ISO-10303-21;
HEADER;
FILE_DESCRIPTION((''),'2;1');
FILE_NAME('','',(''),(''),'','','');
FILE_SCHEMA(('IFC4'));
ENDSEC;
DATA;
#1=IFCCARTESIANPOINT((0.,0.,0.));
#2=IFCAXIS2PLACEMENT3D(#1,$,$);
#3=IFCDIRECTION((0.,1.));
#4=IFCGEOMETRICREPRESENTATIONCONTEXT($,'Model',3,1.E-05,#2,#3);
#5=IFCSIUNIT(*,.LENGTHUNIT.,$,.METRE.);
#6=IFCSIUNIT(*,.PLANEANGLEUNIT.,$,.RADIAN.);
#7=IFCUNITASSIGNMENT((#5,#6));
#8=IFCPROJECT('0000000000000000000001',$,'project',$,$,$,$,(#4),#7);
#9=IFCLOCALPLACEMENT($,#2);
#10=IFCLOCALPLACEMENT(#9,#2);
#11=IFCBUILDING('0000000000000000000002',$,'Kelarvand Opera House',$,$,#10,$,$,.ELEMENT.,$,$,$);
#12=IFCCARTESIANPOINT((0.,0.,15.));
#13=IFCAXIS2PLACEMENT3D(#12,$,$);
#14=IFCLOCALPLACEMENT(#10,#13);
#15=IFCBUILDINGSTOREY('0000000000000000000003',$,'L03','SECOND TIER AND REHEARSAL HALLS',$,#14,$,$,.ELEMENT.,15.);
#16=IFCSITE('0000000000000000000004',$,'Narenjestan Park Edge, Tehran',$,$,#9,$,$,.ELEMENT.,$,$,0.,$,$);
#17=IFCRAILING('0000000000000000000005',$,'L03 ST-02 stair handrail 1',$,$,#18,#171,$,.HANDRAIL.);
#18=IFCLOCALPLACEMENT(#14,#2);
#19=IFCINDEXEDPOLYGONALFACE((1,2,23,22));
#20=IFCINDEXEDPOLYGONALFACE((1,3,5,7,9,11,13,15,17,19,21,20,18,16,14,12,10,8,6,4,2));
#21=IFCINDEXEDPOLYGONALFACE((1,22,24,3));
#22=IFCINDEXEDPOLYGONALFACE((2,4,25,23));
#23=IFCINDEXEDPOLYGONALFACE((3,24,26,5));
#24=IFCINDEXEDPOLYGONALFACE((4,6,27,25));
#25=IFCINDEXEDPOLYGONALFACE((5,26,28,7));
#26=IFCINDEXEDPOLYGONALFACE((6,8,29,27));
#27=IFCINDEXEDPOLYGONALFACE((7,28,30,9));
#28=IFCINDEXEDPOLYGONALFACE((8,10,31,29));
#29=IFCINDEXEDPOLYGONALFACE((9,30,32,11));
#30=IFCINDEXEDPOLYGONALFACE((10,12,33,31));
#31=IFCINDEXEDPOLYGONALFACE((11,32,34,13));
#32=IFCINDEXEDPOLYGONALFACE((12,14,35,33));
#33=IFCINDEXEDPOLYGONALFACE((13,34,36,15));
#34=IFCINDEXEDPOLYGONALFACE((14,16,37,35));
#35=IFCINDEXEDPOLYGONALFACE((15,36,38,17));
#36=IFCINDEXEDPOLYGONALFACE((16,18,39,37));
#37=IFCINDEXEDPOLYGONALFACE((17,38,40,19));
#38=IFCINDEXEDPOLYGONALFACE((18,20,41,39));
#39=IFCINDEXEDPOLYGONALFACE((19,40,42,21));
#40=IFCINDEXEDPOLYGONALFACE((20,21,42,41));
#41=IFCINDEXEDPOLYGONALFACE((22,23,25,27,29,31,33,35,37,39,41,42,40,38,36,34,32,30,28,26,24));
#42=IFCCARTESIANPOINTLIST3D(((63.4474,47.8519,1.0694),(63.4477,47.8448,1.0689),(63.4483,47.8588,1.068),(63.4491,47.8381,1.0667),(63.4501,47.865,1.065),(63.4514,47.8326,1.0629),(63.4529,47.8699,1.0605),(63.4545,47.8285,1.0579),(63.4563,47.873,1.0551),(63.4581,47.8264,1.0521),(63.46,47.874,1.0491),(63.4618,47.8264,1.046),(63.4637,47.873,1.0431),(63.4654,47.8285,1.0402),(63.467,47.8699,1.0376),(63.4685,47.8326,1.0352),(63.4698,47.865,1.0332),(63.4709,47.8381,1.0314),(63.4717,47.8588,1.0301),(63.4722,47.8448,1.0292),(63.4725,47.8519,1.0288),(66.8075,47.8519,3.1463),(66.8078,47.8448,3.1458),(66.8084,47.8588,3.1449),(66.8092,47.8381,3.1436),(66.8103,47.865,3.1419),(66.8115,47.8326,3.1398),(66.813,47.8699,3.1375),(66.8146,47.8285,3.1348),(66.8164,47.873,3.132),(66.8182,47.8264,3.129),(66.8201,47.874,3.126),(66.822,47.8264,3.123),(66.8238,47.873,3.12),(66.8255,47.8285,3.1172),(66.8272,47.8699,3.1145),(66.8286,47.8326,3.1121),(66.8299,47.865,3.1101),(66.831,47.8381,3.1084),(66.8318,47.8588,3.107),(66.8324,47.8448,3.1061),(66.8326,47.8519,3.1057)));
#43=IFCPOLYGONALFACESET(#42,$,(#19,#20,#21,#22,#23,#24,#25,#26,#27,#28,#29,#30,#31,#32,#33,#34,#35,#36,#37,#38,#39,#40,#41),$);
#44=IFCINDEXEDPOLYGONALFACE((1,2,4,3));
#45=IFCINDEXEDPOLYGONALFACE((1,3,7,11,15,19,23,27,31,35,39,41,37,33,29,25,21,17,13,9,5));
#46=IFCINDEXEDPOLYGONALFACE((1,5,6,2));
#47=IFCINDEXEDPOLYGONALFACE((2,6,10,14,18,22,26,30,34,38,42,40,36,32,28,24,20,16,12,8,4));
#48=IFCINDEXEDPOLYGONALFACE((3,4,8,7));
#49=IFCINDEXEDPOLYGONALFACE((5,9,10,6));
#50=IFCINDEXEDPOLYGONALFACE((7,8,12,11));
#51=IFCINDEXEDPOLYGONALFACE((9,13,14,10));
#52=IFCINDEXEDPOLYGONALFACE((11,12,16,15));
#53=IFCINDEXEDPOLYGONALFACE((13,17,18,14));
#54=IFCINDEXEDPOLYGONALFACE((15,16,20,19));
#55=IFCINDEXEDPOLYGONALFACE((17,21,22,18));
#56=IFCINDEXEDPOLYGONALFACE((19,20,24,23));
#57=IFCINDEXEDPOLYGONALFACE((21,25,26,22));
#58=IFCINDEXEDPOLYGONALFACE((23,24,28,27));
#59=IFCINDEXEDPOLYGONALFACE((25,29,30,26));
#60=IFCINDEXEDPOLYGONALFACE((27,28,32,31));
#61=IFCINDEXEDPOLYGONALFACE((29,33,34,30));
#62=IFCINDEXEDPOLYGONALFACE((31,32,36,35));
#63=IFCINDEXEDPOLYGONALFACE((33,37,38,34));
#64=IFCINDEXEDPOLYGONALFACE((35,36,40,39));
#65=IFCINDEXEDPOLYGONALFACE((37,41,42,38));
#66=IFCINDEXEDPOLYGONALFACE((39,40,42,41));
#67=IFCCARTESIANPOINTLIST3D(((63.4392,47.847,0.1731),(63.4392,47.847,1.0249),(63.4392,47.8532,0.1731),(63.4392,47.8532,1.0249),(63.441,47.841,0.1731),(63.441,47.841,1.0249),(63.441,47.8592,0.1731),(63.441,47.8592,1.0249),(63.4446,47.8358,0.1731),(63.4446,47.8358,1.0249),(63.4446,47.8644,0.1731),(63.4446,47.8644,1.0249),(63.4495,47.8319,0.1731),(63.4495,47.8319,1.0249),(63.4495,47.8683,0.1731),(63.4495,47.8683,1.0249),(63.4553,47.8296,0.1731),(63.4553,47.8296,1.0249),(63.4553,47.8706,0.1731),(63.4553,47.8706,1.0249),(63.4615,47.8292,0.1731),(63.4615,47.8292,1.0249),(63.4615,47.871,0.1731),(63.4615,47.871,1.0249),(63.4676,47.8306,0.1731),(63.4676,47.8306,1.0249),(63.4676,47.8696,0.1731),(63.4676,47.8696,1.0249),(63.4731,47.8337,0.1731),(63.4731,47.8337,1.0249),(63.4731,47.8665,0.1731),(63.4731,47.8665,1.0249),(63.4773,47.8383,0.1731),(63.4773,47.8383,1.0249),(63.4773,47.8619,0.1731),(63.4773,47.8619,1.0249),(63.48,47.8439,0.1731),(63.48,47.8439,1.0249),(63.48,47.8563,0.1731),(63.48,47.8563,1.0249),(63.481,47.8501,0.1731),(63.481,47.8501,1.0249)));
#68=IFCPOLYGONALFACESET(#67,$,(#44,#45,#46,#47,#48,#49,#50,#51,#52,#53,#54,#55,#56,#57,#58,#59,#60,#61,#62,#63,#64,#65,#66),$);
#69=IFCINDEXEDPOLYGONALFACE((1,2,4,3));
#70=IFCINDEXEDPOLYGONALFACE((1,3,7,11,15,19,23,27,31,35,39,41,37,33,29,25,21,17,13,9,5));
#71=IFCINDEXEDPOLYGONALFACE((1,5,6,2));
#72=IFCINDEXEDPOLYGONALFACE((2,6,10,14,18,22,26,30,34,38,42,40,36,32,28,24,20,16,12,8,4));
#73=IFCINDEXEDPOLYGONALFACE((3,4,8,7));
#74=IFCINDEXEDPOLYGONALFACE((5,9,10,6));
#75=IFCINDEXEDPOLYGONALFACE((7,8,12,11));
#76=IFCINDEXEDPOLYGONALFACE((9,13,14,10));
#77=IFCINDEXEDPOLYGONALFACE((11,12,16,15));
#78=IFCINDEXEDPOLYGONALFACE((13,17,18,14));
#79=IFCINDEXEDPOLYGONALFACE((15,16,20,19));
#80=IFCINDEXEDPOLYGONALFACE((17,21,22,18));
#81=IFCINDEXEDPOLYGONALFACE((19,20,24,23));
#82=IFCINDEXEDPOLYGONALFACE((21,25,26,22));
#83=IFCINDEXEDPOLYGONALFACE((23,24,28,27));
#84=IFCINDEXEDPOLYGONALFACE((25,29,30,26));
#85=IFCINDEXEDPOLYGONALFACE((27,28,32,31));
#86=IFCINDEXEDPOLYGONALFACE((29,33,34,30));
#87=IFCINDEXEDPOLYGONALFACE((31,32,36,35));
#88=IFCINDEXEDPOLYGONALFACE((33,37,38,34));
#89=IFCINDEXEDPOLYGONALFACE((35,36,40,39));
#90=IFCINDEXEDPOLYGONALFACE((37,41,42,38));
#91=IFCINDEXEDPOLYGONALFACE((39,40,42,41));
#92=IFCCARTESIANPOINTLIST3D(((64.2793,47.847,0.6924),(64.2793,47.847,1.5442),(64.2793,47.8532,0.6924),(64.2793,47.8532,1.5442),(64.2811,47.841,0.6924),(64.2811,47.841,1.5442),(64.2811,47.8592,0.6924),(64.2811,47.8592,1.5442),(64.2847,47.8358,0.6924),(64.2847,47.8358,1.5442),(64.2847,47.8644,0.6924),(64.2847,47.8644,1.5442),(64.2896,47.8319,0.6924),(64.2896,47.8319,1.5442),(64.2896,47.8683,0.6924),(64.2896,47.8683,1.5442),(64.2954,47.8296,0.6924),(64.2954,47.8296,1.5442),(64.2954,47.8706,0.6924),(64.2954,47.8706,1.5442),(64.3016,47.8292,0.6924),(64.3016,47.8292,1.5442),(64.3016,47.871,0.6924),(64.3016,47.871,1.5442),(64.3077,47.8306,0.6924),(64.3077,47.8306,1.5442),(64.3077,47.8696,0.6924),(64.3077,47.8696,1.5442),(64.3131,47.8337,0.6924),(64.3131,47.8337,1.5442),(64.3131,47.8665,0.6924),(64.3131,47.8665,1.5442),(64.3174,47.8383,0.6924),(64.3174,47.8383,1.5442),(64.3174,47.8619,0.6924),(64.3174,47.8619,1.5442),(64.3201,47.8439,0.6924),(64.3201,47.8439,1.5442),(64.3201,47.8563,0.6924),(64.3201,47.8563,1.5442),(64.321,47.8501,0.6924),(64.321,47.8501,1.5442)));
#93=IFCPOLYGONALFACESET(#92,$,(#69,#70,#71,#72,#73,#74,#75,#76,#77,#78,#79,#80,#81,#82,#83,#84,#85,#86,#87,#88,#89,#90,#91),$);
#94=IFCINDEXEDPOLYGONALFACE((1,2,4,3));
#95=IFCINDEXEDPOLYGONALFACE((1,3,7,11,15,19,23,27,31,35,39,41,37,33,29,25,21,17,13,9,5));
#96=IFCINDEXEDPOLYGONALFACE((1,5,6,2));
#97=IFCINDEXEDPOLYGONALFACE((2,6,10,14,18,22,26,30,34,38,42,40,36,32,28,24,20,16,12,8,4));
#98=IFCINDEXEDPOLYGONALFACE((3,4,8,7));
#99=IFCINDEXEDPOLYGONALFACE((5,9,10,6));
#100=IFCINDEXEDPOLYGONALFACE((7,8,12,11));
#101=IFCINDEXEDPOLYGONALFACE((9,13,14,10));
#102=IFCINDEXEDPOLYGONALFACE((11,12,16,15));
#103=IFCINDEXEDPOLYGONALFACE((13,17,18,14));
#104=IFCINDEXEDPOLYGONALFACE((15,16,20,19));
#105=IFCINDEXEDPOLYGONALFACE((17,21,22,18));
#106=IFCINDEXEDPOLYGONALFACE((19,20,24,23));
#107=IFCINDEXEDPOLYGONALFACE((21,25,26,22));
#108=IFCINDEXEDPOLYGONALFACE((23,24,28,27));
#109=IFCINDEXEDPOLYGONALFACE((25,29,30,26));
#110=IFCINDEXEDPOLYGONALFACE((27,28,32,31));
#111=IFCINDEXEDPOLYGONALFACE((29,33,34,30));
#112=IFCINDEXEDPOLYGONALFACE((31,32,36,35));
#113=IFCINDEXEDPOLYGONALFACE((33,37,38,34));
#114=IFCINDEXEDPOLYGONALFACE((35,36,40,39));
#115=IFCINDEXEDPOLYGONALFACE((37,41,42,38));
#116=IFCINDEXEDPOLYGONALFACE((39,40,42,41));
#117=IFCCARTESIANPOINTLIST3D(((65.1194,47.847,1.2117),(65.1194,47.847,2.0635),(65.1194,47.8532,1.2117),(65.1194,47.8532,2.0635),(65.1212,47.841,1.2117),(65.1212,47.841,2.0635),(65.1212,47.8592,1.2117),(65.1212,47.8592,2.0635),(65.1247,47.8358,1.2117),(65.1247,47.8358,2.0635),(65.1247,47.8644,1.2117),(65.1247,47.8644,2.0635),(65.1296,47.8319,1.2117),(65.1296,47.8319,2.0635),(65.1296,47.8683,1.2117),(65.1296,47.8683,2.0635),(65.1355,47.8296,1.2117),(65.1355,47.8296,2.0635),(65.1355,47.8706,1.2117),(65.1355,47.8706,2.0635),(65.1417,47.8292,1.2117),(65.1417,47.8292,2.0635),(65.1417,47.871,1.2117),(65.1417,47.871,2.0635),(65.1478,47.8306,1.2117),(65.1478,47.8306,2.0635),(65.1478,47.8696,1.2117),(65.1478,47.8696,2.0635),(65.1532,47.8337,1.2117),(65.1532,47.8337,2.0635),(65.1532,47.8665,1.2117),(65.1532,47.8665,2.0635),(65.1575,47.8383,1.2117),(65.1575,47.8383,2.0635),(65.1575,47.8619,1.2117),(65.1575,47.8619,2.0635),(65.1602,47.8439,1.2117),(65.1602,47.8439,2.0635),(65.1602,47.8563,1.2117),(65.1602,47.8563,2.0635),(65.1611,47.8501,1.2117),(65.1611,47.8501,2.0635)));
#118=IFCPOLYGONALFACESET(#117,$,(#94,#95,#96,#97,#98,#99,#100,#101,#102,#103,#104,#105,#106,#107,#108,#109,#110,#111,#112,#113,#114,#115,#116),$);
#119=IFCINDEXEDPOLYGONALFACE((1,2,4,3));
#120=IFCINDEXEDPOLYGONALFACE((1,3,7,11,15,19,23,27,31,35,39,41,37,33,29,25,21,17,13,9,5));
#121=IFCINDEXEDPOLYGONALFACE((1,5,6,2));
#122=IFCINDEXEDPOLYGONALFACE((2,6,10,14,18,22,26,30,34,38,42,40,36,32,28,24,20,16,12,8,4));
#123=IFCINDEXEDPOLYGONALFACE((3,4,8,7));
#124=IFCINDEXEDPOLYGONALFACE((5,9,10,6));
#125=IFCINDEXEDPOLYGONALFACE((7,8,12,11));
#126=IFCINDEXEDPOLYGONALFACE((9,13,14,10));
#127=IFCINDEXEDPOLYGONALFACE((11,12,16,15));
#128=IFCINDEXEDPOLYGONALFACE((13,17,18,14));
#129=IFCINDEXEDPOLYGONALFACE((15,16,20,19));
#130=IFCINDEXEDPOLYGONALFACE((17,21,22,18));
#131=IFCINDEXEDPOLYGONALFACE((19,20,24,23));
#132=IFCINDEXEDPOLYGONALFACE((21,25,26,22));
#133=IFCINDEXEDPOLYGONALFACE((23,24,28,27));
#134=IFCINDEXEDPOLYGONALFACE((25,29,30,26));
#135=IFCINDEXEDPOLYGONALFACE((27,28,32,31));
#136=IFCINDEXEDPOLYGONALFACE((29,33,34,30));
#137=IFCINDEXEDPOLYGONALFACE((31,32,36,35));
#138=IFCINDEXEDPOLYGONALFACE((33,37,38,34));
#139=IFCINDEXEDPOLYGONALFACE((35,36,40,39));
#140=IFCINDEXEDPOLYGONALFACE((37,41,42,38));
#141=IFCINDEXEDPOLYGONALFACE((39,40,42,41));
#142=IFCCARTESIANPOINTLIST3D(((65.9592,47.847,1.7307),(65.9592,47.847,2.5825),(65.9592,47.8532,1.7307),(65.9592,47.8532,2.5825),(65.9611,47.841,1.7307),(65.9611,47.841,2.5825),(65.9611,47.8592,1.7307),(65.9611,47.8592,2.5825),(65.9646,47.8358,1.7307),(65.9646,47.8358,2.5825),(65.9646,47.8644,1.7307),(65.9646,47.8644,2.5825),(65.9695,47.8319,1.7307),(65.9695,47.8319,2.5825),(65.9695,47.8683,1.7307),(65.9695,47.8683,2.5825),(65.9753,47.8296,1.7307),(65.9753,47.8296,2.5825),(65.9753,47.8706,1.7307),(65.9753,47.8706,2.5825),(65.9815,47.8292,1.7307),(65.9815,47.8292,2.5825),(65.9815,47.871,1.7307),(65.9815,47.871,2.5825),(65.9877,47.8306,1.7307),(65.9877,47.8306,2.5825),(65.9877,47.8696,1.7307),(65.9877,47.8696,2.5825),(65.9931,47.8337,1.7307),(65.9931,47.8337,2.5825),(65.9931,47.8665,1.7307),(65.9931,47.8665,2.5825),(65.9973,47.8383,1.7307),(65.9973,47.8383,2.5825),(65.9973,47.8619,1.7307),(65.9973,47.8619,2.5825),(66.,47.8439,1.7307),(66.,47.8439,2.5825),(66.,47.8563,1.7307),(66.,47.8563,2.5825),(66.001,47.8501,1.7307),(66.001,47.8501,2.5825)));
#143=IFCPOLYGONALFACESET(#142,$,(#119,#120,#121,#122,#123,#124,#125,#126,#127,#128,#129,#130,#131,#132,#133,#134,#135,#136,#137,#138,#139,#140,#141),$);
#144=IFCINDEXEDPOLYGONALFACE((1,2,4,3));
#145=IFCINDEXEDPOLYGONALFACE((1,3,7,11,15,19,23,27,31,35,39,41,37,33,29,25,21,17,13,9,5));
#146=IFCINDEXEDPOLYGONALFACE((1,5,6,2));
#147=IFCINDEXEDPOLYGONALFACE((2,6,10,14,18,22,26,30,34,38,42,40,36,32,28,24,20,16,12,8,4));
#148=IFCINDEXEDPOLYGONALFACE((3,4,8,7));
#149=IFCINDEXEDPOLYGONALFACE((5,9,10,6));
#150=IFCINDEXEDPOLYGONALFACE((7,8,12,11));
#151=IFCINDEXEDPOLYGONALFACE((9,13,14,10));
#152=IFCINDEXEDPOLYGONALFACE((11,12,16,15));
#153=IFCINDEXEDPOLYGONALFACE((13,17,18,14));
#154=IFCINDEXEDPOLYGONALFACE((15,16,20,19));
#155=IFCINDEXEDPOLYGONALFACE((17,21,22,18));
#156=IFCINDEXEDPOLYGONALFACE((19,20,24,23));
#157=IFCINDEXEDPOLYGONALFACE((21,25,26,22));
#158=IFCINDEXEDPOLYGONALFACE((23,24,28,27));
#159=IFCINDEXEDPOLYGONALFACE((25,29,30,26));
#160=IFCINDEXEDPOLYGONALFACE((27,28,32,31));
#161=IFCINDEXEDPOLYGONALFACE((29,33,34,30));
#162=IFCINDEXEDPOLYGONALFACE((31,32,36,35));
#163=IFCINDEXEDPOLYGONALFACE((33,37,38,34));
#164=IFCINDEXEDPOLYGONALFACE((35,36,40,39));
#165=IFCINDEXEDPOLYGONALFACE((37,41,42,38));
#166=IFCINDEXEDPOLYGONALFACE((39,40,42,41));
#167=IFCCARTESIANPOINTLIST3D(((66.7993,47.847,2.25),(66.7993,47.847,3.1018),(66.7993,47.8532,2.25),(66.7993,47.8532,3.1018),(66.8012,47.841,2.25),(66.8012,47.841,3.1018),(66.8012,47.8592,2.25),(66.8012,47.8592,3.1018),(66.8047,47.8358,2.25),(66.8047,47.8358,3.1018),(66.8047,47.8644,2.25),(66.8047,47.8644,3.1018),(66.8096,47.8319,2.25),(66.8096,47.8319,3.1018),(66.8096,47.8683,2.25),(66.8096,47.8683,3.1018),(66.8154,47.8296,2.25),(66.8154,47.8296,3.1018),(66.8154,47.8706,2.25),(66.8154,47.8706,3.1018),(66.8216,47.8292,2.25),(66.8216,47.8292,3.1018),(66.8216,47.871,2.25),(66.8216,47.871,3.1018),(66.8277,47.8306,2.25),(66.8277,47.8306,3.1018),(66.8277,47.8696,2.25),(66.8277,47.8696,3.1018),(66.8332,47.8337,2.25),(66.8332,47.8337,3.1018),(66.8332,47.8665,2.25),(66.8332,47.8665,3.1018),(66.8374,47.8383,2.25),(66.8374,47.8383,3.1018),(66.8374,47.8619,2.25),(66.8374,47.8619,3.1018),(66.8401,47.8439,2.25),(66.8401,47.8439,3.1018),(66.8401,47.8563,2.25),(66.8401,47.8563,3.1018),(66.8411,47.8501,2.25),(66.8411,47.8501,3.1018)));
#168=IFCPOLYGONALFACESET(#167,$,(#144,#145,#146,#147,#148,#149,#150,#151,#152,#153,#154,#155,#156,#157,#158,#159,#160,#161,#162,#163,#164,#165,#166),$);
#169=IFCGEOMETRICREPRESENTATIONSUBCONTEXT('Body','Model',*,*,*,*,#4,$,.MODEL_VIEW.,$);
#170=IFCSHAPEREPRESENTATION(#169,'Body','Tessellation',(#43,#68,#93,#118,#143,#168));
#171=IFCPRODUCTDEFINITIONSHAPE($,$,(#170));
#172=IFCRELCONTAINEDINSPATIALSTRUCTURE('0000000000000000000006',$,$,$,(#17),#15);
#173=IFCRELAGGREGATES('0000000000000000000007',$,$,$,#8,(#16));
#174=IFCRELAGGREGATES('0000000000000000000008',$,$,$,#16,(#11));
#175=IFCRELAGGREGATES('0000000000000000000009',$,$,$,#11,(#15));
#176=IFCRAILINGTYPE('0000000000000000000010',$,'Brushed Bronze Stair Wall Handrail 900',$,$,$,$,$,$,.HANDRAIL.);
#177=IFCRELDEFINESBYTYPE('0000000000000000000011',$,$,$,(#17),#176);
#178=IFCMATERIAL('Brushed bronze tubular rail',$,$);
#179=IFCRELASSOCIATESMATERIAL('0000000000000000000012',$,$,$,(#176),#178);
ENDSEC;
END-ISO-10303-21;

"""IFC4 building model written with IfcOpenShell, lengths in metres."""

from ifc_helpers import new_model, si_unit, direction, frame, origin, origin_2d, place, context, subcontext, project, spatial, circle, extrude, material, type_object, element, save


model = new_model("IFC4")

# Units and contexts
model_context = context("Model", 3, precision=1e-05, world=origin(), true_north=direction((0.0, 1.0)))
body_context = subcontext(model_context, "Body", "Model", "MODEL_VIEW")
ifc_project = project(units=[si_unit("LENGTHUNIT", "METRE"), si_unit("PLANEANGLEUNIT", "RADIAN")], contexts=[model_context])

# Site, building, storey
site_placement = place(None, origin())
site = spatial("IfcSite", under=ifc_project, at=site_placement, Name="Narenjestan Park Edge, Tehran", CompositionType="ELEMENT", RefElevation=0.0)
building_placement = place(site_placement, origin())
building = spatial("IfcBuilding", under=site, at=building_placement, Name="Kelarvand Opera House", CompositionType="ELEMENT")
storey_placement = place(building_placement, frame((0.0, 0.0, 15.0)))
storey = spatial("IfcBuildingStorey", under=building, at=storey_placement, Name="L03", Description="SECOND TIER AND REHEARSAL HALLS", CompositionType="ELEMENT", Elevation=15.0)

# Railing
ifc_material_1 = material(Name="Brushed bronze tubular rail")
railing_type_1 = type_object("IfcRailingType", Name="Brushed Bronze Stair Wall Handrail 900", PredefinedType="HANDRAIL", material=ifc_material_1)
railing_1_placement = place(storey_placement, frame((63.46, 47.8501, 0.1731)))
element("IfcRailing", 1, at=railing_1_placement, inside=storey, type_object=railing_type_1, Name="L03 ST-02 stair handrail 1", PredefinedType="HANDRAIL", context=body_context, shape_type="SweptSolid", body=[
    extrude(circle(Radius=0.0239, at=origin_2d()), frame((0.0, 0.0, 0.876), z_axis=(0.850623, 0.0, 0.525776), x_axis=(0.0, 1.0, 0.0)), (0.0, 0.0, 1.0), 3.9502),
    extrude(circle(Radius=0.021, at=origin_2d()), origin(), (0.0, 0.0, 1.0), 0.8518),
    extrude(circle(Radius=0.021, at=origin_2d()), frame((0.8401, 0.0, 0.5193)), (0.0, 0.0, 1.0), 0.8518),
    extrude(circle(Radius=0.021, at=origin_2d()), frame((1.6802, 0.0, 1.0386)), (0.0, 0.0, 1.0), 0.8518),
    extrude(circle(Radius=0.021, at=origin_2d()), frame((2.52, 0.0, 1.5576)), (0.0, 0.0, 1.0), 0.8518),
    extrude(circle(Radius=0.021, at=origin_2d()), frame((3.3601, 0.0, 2.0769)), (0.0, 0.0, 1.0), 0.8518),
])

save(model, "model.ifc")
